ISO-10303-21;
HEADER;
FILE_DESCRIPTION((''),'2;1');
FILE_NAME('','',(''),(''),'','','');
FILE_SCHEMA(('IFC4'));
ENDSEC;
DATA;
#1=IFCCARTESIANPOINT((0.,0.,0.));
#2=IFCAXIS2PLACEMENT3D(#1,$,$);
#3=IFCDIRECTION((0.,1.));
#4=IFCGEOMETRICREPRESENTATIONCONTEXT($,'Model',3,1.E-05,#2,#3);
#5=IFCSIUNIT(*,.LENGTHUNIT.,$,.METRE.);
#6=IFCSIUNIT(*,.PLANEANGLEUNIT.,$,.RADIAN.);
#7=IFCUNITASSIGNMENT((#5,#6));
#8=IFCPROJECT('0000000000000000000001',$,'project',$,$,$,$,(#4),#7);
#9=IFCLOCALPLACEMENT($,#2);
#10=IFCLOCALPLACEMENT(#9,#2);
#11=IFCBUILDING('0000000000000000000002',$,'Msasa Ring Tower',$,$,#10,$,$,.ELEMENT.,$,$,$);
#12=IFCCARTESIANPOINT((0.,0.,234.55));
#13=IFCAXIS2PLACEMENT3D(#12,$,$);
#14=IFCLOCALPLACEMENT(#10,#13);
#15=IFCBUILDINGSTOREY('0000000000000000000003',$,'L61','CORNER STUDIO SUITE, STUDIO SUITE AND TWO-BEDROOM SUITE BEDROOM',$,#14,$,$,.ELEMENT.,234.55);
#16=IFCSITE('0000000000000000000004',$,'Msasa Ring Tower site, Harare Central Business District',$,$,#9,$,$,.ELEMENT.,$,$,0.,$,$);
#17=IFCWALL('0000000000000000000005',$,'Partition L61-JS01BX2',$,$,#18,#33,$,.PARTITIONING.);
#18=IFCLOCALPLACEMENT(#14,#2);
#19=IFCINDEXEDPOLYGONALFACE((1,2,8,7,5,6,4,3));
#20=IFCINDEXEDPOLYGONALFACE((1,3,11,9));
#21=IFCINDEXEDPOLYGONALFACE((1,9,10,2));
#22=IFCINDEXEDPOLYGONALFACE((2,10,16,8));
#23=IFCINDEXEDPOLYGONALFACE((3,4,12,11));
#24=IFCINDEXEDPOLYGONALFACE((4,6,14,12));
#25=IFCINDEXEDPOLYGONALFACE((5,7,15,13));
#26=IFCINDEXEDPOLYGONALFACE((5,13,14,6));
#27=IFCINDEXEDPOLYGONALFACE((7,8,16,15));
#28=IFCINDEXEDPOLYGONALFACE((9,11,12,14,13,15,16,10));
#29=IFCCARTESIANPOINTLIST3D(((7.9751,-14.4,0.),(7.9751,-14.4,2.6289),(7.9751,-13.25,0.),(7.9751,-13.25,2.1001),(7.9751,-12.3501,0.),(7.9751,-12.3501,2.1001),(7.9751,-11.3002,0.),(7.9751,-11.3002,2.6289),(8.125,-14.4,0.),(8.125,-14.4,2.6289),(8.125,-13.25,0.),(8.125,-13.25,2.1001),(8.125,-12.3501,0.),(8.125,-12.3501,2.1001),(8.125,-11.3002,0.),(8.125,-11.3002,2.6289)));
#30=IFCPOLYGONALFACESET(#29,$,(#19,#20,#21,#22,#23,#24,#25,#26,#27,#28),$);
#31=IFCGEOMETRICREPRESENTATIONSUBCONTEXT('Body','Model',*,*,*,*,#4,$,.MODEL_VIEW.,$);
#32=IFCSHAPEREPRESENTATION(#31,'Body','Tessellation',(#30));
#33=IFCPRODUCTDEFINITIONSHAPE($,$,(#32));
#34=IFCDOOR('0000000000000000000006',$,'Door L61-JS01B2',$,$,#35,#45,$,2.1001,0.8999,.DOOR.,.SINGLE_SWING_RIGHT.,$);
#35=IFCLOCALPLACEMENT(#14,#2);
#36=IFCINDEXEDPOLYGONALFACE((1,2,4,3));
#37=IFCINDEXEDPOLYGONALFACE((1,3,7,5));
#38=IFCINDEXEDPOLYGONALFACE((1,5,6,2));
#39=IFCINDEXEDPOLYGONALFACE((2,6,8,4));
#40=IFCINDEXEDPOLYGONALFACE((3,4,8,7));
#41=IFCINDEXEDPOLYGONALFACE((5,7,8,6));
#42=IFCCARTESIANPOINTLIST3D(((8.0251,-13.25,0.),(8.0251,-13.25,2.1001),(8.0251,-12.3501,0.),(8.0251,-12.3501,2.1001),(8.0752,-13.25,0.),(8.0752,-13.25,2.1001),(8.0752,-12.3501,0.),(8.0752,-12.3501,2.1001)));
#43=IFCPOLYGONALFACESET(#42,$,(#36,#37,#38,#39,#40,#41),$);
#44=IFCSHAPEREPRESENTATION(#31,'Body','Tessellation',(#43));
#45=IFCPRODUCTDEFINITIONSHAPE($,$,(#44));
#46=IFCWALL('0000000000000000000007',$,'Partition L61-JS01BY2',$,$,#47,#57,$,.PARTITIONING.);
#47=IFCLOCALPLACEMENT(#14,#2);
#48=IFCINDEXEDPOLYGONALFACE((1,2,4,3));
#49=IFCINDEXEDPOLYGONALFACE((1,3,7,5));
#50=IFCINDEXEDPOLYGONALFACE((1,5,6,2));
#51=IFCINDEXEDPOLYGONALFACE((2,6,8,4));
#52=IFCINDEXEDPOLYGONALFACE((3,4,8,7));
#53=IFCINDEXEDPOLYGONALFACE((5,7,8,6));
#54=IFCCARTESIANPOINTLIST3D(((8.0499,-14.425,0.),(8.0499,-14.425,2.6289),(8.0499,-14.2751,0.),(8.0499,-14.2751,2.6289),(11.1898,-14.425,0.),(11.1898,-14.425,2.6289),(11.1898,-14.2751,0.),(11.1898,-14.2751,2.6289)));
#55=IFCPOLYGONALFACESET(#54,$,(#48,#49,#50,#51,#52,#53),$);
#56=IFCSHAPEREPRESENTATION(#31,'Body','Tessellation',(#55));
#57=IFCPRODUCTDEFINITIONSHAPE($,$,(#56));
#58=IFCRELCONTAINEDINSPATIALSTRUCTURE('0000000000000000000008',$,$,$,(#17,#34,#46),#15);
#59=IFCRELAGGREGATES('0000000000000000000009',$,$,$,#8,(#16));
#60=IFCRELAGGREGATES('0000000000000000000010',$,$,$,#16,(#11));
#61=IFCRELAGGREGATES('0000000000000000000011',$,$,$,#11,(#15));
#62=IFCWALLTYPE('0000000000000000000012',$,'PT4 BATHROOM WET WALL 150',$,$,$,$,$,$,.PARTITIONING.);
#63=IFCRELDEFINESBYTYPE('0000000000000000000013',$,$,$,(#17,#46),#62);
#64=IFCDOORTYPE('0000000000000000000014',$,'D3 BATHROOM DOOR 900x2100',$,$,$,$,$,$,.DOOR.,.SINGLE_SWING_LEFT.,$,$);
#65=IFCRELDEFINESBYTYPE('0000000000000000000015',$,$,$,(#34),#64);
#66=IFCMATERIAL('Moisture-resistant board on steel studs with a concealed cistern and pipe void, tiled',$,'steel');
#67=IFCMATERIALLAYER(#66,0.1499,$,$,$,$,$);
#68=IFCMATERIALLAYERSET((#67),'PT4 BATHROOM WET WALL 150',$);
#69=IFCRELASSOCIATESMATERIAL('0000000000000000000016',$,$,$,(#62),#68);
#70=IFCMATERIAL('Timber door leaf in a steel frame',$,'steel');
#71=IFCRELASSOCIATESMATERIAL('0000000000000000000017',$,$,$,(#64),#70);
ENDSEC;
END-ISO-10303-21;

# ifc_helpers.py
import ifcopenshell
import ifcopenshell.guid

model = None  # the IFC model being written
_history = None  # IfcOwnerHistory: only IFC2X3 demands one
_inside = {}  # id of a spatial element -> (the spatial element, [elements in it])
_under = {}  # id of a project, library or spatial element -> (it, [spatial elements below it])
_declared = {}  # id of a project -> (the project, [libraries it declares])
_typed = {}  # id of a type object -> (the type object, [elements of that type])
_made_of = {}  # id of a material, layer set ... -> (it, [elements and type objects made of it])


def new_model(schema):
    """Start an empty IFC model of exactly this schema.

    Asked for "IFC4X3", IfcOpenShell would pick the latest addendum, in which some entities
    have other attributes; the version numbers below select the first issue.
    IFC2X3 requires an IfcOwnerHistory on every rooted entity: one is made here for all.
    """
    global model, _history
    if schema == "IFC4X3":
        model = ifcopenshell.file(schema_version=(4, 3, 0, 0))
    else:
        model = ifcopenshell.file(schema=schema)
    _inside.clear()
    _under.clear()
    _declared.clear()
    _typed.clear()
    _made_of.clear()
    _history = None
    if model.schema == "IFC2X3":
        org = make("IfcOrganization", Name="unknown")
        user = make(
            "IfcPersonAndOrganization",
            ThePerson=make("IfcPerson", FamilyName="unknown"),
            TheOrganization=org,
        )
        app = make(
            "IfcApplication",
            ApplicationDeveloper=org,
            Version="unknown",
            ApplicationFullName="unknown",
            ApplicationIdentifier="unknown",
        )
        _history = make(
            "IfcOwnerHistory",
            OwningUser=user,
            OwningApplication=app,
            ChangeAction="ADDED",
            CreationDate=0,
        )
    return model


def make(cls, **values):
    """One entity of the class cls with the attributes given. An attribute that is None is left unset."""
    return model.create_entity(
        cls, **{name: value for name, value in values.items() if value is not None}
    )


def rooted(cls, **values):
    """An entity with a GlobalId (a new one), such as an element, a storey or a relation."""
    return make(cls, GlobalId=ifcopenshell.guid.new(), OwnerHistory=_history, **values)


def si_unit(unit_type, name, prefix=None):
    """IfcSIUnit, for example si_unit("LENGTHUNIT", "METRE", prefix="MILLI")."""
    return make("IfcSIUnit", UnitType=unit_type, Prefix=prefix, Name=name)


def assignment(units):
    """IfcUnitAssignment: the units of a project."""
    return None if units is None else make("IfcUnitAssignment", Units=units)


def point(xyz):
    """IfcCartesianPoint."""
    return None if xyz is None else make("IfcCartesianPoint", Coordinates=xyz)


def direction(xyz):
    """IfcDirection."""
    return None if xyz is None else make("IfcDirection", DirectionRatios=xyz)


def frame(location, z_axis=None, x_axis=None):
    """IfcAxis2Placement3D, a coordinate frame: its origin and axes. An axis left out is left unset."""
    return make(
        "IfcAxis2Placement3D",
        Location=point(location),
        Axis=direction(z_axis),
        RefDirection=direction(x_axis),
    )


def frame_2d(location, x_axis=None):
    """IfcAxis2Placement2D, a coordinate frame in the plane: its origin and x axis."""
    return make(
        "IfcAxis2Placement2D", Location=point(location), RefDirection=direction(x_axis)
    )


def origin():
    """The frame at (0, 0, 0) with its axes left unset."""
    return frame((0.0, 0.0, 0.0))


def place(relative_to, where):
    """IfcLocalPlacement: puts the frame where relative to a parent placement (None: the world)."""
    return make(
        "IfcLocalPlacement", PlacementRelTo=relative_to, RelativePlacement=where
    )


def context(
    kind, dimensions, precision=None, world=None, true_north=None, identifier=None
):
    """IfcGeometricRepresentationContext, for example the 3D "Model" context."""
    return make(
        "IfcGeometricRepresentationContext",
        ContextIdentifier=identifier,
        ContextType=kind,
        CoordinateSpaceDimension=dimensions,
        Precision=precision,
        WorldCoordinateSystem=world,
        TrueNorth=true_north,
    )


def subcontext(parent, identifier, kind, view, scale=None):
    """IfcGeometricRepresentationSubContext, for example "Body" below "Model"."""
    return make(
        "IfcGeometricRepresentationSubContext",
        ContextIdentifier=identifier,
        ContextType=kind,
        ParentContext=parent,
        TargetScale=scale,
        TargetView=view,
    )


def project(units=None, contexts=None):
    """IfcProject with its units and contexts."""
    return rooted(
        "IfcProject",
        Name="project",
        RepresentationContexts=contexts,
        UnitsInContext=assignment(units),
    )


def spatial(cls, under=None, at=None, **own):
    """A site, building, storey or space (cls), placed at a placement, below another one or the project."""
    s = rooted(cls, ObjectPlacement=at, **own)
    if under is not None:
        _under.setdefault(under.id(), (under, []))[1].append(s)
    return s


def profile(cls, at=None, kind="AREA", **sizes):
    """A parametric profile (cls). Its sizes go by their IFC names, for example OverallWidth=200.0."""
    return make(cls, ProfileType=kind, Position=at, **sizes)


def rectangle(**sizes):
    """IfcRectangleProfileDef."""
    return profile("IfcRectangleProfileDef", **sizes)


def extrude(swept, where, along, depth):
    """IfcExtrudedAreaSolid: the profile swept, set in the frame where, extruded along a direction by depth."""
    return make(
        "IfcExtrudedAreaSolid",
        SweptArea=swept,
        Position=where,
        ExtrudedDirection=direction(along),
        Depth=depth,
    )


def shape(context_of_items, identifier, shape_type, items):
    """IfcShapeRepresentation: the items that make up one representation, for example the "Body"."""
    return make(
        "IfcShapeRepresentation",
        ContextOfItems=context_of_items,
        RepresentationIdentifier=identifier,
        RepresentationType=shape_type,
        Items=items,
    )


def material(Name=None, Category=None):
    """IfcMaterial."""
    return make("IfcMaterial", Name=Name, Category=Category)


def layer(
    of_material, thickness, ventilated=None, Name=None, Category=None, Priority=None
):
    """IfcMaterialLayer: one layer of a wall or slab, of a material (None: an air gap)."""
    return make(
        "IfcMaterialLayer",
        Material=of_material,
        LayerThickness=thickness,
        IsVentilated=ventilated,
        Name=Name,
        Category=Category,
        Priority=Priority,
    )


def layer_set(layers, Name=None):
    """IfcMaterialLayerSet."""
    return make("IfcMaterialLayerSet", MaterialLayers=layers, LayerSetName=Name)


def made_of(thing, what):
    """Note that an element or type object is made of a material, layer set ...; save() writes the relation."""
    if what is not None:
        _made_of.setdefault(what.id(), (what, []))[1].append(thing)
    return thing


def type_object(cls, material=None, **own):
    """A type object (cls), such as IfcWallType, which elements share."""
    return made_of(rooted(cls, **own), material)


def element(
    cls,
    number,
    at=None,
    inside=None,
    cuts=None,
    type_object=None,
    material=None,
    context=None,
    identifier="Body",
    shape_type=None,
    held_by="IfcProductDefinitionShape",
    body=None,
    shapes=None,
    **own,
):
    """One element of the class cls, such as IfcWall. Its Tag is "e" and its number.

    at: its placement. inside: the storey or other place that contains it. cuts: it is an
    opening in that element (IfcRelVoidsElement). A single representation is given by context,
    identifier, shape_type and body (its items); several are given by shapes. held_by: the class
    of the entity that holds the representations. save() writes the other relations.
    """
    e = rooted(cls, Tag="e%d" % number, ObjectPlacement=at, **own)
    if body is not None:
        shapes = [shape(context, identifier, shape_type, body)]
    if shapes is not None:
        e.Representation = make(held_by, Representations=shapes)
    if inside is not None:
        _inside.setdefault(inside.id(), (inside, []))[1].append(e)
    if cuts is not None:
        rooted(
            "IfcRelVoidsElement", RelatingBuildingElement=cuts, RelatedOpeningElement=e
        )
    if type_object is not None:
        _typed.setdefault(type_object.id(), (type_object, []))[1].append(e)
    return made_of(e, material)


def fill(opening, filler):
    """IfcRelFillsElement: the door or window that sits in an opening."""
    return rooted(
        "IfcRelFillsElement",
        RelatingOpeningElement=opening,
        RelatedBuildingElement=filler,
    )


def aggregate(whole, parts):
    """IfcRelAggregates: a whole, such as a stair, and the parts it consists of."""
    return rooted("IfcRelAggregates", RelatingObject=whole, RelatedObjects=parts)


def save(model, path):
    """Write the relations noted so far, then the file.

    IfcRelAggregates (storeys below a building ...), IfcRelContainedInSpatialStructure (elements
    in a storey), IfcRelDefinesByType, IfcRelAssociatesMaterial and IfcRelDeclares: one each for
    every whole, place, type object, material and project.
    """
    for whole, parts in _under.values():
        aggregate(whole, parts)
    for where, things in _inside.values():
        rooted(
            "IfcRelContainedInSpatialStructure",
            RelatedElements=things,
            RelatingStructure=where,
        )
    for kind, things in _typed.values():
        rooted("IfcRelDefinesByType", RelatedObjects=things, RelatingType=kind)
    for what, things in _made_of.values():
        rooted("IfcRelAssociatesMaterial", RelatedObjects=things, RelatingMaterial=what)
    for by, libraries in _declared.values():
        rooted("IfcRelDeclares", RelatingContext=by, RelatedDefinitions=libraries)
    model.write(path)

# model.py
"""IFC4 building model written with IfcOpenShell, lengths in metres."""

from ifc_helpers import new_model, si_unit, direction, frame, frame_2d, origin, place, context, subcontext, project, spatial, rectangle, extrude, material, layer, layer_set, type_object, element, fill, save


model = new_model("IFC4")

# Units and contexts
model_context = context("Model", 3, precision=1e-05, world=origin(), true_north=direction((0.0, 1.0)))
body_context = subcontext(model_context, "Body", "Model", "MODEL_VIEW")
ifc_project = project(units=[si_unit("LENGTHUNIT", "METRE"), si_unit("PLANEANGLEUNIT", "RADIAN")], contexts=[model_context])

# Site, building, storey
site_placement = place(None, origin())
site = spatial("IfcSite", under=ifc_project, at=site_placement, Name="Msasa Ring Tower site, Harare Central Business District", CompositionType="ELEMENT", RefElevation=0.0)
building_placement = place(site_placement, origin())
building = spatial("IfcBuilding", under=site, at=building_placement, Name="Msasa Ring Tower", CompositionType="ELEMENT")
storey_placement = place(building_placement, frame((0.0, 0.0, 234.55)))
storey = spatial("IfcBuildingStorey", under=building, at=storey_placement, Name="L61", Description="CORNER STUDIO SUITE, STUDIO SUITE AND TWO-BEDROOM SUITE BEDROOM", CompositionType="ELEMENT", Elevation=234.55)

# Shared definitions
ifc_material_1 = material(Name="Moisture-resistant board on steel studs with a concealed cistern and pipe void, tiled", Category="steel")
ifc_layer_1 = layer(ifc_material_1, 0.1499)
ifc_layer_set_1 = layer_set([ifc_layer_1], Name="PT4 BATHROOM WET WALL 150")
wall_type_1 = type_object("IfcWallType", Name="PT4 BATHROOM WET WALL 150", PredefinedType="PARTITIONING", material=ifc_layer_set_1)
ifc_material_2 = material(Name="Timber door leaf in a steel frame", Category="steel")
door_type_1 = type_object("IfcDoorType", Name="D3 BATHROOM DOOR 900x2100", OperationType="SINGLE_SWING_LEFT", PredefinedType="DOOR", material=ifc_material_2)

# Wall, opening, door
wall_1_placement = place(storey_placement, frame((8.05, -14.3999, 0.0), z_axis=(0.0, 0.0, 1.0), x_axis=(0.0, 1.0, 0.0)))
wall_1 = element("IfcWall", 1, at=wall_1_placement, inside=storey, type_object=wall_type_1, Name="Partition L61-JS01BX2", PredefinedType="PARTITIONING", context=body_context, shape_type="SweptSolid", body=[
    extrude(rectangle(XDim=3.0999, YDim=0.1499, at=frame_2d((1.5498, 0.0))), origin(), (0.0, 0.0, 1.0), 2.6289),
])
opening_1_placement = place(wall_1_placement, frame((1.1499, 0.0, 0.0)))
opening_1 = element("IfcOpeningElement", 2, at=opening_1_placement, cuts=wall_1, PredefinedType="OPENING", context=body_context, shape_type="SweptSolid", body=[
    extrude(rectangle(XDim=0.8999, YDim=2.1001, at=frame_2d((0.45, 1.05))), frame((0.0, 0.085, 0.0), z_axis=(0.0, -1.0, 0.0), x_axis=(1.0, 0.0, 0.0)), (0.0, 0.0, 1.0), 0.1699),
])
door_1_placement = place(opening_1_placement, origin())
door_1 = element("IfcDoor", 3, at=door_1_placement, inside=storey, type_object=door_type_1, Name="Door L61-JS01B2", OperationType="SINGLE_SWING_RIGHT", OverallHeight=2.1001, OverallWidth=0.8999, PredefinedType="DOOR", context=body_context, shape_type="SweptSolid", body=[
    extrude(rectangle(XDim=0.8999, YDim=2.1001, at=frame_2d((0.45, 1.05))), frame((0.0, 0.0249, 0.0), z_axis=(0.0, -1.0, 0.0), x_axis=(1.0, 0.0, 0.0)), (0.0, 0.0, 1.0), 0.05),
])
fill(opening_1, door_1)

# Wall
wall_2_placement = place(storey_placement, frame((8.05, -14.3501, 0.0), z_axis=(0.0, 0.0, 1.0), x_axis=(1.0, 0.0, 0.0)))
element("IfcWall", 4, at=wall_2_placement, inside=storey, type_object=wall_type_1, Name="Partition L61-JS01BY2", PredefinedType="PARTITIONING", context=body_context, shape_type="SweptSolid", body=[
    extrude(rectangle(XDim=3.1399, YDim=0.1499, at=frame_2d((1.5698, 0.0))), origin(), (0.0, 0.0, 1.0), 2.6289),
])

save(model, "model.ifc")
